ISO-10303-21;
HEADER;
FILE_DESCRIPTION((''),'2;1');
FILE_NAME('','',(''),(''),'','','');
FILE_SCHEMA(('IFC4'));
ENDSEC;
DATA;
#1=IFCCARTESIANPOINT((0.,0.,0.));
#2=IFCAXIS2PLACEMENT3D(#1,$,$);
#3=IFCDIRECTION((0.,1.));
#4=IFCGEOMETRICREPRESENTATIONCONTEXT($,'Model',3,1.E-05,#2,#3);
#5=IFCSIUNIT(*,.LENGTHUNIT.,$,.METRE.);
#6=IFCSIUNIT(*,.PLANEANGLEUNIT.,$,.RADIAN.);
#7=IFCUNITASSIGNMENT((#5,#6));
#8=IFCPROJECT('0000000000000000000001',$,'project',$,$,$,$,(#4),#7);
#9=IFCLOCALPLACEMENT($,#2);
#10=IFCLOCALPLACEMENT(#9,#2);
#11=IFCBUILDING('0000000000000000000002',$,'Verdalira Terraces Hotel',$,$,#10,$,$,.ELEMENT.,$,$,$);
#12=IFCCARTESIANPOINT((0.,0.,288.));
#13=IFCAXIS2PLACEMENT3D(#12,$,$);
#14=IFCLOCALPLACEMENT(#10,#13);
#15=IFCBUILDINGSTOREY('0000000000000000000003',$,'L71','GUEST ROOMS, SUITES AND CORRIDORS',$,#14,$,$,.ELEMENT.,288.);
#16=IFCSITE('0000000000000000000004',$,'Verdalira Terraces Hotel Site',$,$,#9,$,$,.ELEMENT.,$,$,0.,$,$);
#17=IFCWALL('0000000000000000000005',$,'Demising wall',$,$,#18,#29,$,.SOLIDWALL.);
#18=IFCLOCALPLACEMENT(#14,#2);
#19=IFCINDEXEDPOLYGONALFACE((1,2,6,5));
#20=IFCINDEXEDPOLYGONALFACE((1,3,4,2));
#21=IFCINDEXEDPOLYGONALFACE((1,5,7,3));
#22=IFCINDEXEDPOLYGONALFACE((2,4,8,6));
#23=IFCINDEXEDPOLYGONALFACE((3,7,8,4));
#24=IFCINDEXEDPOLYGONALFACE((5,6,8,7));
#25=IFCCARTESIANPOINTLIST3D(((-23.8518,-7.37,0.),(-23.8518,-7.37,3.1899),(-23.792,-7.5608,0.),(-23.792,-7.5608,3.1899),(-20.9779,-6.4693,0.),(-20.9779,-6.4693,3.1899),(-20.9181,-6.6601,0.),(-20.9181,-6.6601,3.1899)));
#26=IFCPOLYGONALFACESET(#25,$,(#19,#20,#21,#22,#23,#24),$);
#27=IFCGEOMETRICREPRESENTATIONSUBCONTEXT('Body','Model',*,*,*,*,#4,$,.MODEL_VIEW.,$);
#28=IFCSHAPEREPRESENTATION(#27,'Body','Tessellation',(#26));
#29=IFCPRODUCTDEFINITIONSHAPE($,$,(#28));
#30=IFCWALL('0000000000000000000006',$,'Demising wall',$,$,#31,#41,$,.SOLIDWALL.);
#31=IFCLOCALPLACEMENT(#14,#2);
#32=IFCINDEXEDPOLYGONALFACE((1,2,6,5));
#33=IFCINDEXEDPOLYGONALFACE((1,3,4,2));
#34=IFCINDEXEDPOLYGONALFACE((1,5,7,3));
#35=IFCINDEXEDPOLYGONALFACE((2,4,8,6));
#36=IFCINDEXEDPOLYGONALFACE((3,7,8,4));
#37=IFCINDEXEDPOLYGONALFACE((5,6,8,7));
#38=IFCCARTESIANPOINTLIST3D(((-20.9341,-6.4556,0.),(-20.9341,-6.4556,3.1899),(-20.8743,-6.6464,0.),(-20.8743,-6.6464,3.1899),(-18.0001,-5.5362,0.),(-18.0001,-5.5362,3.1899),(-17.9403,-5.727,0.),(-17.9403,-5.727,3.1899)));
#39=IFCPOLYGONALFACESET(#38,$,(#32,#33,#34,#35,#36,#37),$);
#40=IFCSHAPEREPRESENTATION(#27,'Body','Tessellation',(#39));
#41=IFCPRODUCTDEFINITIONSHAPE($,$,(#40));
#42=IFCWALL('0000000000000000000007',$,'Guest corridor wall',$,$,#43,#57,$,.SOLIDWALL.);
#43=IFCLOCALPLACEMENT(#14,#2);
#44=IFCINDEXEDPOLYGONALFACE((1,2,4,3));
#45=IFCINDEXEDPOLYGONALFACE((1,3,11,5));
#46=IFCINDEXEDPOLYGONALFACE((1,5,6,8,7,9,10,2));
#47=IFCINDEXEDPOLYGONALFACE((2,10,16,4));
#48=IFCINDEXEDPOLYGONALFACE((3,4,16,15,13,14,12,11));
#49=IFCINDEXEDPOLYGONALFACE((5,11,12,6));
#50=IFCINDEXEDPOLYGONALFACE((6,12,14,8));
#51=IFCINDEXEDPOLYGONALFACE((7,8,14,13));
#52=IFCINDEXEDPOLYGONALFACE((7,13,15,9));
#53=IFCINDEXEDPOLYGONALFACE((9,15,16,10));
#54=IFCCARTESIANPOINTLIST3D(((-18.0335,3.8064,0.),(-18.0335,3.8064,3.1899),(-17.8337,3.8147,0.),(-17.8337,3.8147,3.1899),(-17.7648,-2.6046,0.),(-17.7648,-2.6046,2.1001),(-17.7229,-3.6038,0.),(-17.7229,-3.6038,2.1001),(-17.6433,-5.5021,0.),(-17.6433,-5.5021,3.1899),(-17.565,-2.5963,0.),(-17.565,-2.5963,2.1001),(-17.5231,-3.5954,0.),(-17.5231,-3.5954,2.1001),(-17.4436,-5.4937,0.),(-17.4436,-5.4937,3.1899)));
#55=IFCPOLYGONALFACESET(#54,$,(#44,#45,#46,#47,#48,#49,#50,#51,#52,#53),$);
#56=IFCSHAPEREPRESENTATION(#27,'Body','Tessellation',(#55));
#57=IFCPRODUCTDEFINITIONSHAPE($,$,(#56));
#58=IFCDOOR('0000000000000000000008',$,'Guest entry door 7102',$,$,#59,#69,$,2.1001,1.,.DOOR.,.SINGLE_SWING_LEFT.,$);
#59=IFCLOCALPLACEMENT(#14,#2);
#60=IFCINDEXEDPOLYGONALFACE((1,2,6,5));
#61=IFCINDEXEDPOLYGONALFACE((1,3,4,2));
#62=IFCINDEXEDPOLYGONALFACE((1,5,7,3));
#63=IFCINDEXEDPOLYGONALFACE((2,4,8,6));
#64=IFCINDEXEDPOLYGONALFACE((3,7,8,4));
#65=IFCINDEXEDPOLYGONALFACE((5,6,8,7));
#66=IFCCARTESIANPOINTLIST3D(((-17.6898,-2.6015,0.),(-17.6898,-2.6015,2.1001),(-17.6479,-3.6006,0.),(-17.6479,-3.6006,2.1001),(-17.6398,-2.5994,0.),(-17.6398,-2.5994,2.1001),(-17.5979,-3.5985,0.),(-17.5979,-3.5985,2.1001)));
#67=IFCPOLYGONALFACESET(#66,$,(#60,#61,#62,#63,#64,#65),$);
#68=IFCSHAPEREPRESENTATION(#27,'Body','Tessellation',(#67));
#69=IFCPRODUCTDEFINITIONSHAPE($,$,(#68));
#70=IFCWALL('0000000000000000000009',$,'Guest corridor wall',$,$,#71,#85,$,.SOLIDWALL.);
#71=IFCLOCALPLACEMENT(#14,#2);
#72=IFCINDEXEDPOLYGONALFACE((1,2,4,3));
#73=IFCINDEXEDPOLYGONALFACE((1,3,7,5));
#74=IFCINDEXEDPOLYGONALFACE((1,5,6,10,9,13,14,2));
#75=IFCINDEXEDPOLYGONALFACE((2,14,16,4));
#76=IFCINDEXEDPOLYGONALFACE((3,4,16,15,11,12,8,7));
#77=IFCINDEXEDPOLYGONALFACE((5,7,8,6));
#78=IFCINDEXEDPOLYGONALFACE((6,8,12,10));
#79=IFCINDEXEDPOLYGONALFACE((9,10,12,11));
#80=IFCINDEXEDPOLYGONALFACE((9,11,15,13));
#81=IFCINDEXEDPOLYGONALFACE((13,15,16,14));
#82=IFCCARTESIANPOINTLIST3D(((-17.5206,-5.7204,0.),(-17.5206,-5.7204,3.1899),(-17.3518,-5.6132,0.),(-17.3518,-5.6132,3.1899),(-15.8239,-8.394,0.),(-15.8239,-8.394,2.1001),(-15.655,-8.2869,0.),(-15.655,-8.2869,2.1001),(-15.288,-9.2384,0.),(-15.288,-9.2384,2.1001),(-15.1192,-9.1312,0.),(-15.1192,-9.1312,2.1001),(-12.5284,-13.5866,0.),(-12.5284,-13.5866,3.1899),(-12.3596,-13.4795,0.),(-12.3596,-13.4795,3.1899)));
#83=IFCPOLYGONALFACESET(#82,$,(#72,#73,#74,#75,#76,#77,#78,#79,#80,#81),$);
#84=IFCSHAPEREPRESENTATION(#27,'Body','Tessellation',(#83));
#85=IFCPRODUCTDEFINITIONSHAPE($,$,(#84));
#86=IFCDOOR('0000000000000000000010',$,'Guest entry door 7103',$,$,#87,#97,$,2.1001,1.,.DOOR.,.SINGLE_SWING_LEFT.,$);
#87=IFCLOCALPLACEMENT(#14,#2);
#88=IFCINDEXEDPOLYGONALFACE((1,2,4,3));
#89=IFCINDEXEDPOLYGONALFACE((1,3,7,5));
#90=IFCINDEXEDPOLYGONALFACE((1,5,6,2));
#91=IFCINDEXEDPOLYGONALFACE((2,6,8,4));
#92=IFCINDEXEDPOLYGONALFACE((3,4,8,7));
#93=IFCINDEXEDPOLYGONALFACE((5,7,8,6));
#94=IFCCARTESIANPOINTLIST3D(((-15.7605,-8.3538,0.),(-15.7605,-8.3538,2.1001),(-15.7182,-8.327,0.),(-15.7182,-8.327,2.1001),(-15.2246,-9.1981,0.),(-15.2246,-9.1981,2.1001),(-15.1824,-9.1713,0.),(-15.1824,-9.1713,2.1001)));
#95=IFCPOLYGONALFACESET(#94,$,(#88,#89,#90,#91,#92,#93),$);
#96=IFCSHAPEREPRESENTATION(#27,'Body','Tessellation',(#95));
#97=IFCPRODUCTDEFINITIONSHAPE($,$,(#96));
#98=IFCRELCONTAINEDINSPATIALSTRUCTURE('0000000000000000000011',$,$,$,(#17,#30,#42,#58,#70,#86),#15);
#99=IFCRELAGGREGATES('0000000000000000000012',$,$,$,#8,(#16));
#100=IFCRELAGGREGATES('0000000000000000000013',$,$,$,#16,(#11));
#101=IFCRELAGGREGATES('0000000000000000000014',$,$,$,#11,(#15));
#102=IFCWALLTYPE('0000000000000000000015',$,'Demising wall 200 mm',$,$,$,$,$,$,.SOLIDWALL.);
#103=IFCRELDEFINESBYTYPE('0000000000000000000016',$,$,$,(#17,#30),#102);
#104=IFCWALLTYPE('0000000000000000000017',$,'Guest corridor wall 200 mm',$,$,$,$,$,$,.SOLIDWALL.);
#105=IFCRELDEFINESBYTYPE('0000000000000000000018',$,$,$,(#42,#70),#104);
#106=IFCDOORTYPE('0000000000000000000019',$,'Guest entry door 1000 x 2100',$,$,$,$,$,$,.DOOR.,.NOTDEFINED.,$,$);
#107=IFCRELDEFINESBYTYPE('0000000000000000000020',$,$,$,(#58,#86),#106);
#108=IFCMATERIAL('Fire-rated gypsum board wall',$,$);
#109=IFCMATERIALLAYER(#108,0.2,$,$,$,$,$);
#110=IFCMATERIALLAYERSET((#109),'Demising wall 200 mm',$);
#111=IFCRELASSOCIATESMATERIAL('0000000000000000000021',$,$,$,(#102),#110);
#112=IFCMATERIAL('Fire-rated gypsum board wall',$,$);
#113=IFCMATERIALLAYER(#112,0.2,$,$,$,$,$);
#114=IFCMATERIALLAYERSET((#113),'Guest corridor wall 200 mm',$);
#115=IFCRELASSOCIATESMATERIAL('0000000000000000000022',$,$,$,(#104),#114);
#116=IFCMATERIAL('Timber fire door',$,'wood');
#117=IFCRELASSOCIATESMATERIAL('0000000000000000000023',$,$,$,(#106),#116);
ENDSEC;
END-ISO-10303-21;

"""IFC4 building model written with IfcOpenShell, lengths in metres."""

from ifc_helpers import new_model, si_unit, direction, frame, frame_2d, origin, place, context, subcontext, project, spatial, rectangle, extrude, material, layer, layer_set, type_object, element, fill, save


model = new_model("IFC4")

# Units and contexts
model_context = context("Model", 3, precision=1e-05, world=origin(), true_north=direction((0.0, 1.0)))
body_context = subcontext(model_context, "Body", "Model", "MODEL_VIEW")
ifc_project = project(units=[si_unit("LENGTHUNIT", "METRE"), si_unit("PLANEANGLEUNIT", "RADIAN")], contexts=[model_context])

# Site, building, storey
site_placement = place(None, origin())
site = spatial("IfcSite", under=ifc_project, at=site_placement, Name="Verdalira Terraces Hotel Site", CompositionType="ELEMENT", RefElevation=0.0)
building_placement = place(site_placement, origin())
building = spatial("IfcBuilding", under=site, at=building_placement, Name="Verdalira Terraces Hotel", CompositionType="ELEMENT")
storey_placement = place(building_placement, frame((0.0, 0.0, 288.0)))
storey = spatial("IfcBuildingStorey", under=building, at=storey_placement, Name="L71", Description="GUEST ROOMS, SUITES AND CORRIDORS", CompositionType="ELEMENT", Elevation=288.0)

# Walls
ifc_material_1 = material(Name="Fire-rated gypsum board wall")
ifc_layer_1 = layer(ifc_material_1, 0.2)
ifc_layer_set_1 = layer_set([ifc_layer_1], Name="Demising wall 200 mm")
wall_type_1 = type_object("IfcWallType", Name="Demising wall 200 mm", PredefinedType="SOLIDWALL", material=ifc_layer_set_1)
wall_1_placement = place(storey_placement, frame((-20.948, -6.5647, 0.0), z_axis=(0.0, 0.0, 1.0), x_axis=(-0.954236, -0.299055, 0.0)))
element("IfcWall", 1, at=wall_1_placement, inside=storey, type_object=wall_type_1, Name="Demising wall", PredefinedType="SOLIDWALL", context=body_context, shape_type="SweptSolid", body=[
    extrude(rectangle(XDim=3.0117, YDim=0.2, at=frame_2d((1.5059, 0.0))), origin(), (0.0, 0.0, 1.0), 3.1899),
])
wall_2_placement = place(storey_placement, frame((-17.9702, -5.6316, 0.0), z_axis=(0.0, 0.0, 1.0), x_axis=(-0.954245, -0.299025, 0.0)))
element("IfcWall", 2, at=wall_2_placement, inside=storey, type_object=wall_type_1, Name="Demising wall", PredefinedType="SOLIDWALL", context=body_context, shape_type="SweptSolid", body=[
    extrude(rectangle(XDim=3.0747, YDim=0.2, at=frame_2d((1.5374, 0.0))), origin(), (0.0, 0.0, 1.0), 3.1899),
])

# Walls, openings, doors
ifc_material_2 = material(Name="Fire-rated gypsum board wall")
ifc_layer_2 = layer(ifc_material_2, 0.2)
ifc_layer_set_2 = layer_set([ifc_layer_2], Name="Guest corridor wall 200 mm")
wall_type_2 = type_object("IfcWallType", Name="Guest corridor wall 200 mm", PredefinedType="SOLIDWALL", material=ifc_layer_set_2)
wall_3_placement = place(storey_placement, frame((-17.5435, -5.4978, 0.0), z_axis=(0.0, 0.0, 1.0), x_axis=(-0.041875, 0.999123, 0.0)))
wall_3 = element("IfcWall", 3, at=wall_3_placement, inside=storey, type_object=wall_type_2, Name="Guest corridor wall", PredefinedType="SOLIDWALL", context=body_context, shape_type="SweptSolid", body=[
    extrude(rectangle(XDim=9.3166, YDim=0.2, at=frame_2d((4.6582, 0.0))), origin(), (0.0, 0.0, 1.0), 3.1899),
])
opening_1_placement = place(wall_3_placement, frame((1.8999, 0.0, 0.0)))
opening_1 = element("IfcOpeningElement", 4, at=opening_1_placement, cuts=wall_3, PredefinedType="OPENING", context=body_context, shape_type="SweptSolid", body=[
    extrude(rectangle(XDim=1.0, YDim=2.1001, at=frame_2d((0.5, 1.05))), frame((0.0, 0.1099, 0.0), z_axis=(0.0, -1.0, 0.0), x_axis=(1.0, 0.0, 0.0)), (0.0, 0.0, 1.0), 0.22),
])
ifc_material_3 = material(Name="Timber fire door", Category="wood")
door_type_1 = type_object("IfcDoorType", Name="Guest entry door 1000 x 2100", OperationType="NOTDEFINED", PredefinedType="DOOR", material=ifc_material_3)
door_1_placement = place(opening_1_placement, origin())
door_1 = element("IfcDoor", 5, at=door_1_placement, inside=storey, type_object=door_type_1, Name="Guest entry door 7102", OperationType="SINGLE_SWING_LEFT", OverallHeight=2.1001, OverallWidth=1.0, PredefinedType="DOOR", context=body_context, shape_type="SweptSolid", body=[
    extrude(rectangle(XDim=1.0, YDim=2.1001, at=frame_2d((0.5, 1.05))), frame((0.0, 0.0249, 0.0), z_axis=(0.0, -1.0, 0.0), x_axis=(1.0, 0.0, 0.0)), (0.0, 0.0, 1.0), 0.05),
])
fill(opening_1, door_1)
wall_4_placement = place(storey_placement, frame((-12.4441, -13.533, 0.0), z_axis=(0.0, 0.0, 1.0), x_axis=(-0.535837, 0.844321, 0.0)))
wall_4 = element("IfcWall", 6, at=wall_4_placement, inside=storey, type_object=wall_type_2, Name="Guest corridor wall", PredefinedType="SOLIDWALL", context=body_context, shape_type="SweptSolid", body=[
    extrude(rectangle(XDim=9.3166, YDim=0.2, at=frame_2d((4.6582, 0.0))), origin(), (0.0, 0.0, 1.0), 3.1899),
])
opening_2_placement = place(wall_4_placement, frame((5.1499, 0.0, 0.0)))
opening_2 = element("IfcOpeningElement", 7, at=opening_2_placement, cuts=wall_4, PredefinedType="OPENING", context=body_context, shape_type="SweptSolid", body=[
    extrude(rectangle(XDim=1.0, YDim=2.1001, at=frame_2d((0.5, 1.05))), frame((0.0, 0.1099, 0.0), z_axis=(0.0, -1.0, 0.0), x_axis=(1.0, 0.0, 0.0)), (0.0, 0.0, 1.0), 0.22),
])
door_2_placement = place(opening_2_placement, origin())
door_2 = element("IfcDoor", 8, at=door_2_placement, inside=storey, type_object=door_type_1, Name="Guest entry door 7103", OperationType="SINGLE_SWING_LEFT", OverallHeight=2.1001, OverallWidth=1.0, PredefinedType="DOOR", context=body_context, shape_type="SweptSolid", body=[
    extrude(rectangle(XDim=1.0, YDim=2.1001, at=frame_2d((0.5, 1.05))), frame((0.0, 0.0249, 0.0), z_axis=(0.0, -1.0, 0.0), x_axis=(1.0, 0.0, 0.0)), (0.0, 0.0, 1.0), 0.05),
])
fill(opening_2, door_2)

save(model, "model.ifc")
